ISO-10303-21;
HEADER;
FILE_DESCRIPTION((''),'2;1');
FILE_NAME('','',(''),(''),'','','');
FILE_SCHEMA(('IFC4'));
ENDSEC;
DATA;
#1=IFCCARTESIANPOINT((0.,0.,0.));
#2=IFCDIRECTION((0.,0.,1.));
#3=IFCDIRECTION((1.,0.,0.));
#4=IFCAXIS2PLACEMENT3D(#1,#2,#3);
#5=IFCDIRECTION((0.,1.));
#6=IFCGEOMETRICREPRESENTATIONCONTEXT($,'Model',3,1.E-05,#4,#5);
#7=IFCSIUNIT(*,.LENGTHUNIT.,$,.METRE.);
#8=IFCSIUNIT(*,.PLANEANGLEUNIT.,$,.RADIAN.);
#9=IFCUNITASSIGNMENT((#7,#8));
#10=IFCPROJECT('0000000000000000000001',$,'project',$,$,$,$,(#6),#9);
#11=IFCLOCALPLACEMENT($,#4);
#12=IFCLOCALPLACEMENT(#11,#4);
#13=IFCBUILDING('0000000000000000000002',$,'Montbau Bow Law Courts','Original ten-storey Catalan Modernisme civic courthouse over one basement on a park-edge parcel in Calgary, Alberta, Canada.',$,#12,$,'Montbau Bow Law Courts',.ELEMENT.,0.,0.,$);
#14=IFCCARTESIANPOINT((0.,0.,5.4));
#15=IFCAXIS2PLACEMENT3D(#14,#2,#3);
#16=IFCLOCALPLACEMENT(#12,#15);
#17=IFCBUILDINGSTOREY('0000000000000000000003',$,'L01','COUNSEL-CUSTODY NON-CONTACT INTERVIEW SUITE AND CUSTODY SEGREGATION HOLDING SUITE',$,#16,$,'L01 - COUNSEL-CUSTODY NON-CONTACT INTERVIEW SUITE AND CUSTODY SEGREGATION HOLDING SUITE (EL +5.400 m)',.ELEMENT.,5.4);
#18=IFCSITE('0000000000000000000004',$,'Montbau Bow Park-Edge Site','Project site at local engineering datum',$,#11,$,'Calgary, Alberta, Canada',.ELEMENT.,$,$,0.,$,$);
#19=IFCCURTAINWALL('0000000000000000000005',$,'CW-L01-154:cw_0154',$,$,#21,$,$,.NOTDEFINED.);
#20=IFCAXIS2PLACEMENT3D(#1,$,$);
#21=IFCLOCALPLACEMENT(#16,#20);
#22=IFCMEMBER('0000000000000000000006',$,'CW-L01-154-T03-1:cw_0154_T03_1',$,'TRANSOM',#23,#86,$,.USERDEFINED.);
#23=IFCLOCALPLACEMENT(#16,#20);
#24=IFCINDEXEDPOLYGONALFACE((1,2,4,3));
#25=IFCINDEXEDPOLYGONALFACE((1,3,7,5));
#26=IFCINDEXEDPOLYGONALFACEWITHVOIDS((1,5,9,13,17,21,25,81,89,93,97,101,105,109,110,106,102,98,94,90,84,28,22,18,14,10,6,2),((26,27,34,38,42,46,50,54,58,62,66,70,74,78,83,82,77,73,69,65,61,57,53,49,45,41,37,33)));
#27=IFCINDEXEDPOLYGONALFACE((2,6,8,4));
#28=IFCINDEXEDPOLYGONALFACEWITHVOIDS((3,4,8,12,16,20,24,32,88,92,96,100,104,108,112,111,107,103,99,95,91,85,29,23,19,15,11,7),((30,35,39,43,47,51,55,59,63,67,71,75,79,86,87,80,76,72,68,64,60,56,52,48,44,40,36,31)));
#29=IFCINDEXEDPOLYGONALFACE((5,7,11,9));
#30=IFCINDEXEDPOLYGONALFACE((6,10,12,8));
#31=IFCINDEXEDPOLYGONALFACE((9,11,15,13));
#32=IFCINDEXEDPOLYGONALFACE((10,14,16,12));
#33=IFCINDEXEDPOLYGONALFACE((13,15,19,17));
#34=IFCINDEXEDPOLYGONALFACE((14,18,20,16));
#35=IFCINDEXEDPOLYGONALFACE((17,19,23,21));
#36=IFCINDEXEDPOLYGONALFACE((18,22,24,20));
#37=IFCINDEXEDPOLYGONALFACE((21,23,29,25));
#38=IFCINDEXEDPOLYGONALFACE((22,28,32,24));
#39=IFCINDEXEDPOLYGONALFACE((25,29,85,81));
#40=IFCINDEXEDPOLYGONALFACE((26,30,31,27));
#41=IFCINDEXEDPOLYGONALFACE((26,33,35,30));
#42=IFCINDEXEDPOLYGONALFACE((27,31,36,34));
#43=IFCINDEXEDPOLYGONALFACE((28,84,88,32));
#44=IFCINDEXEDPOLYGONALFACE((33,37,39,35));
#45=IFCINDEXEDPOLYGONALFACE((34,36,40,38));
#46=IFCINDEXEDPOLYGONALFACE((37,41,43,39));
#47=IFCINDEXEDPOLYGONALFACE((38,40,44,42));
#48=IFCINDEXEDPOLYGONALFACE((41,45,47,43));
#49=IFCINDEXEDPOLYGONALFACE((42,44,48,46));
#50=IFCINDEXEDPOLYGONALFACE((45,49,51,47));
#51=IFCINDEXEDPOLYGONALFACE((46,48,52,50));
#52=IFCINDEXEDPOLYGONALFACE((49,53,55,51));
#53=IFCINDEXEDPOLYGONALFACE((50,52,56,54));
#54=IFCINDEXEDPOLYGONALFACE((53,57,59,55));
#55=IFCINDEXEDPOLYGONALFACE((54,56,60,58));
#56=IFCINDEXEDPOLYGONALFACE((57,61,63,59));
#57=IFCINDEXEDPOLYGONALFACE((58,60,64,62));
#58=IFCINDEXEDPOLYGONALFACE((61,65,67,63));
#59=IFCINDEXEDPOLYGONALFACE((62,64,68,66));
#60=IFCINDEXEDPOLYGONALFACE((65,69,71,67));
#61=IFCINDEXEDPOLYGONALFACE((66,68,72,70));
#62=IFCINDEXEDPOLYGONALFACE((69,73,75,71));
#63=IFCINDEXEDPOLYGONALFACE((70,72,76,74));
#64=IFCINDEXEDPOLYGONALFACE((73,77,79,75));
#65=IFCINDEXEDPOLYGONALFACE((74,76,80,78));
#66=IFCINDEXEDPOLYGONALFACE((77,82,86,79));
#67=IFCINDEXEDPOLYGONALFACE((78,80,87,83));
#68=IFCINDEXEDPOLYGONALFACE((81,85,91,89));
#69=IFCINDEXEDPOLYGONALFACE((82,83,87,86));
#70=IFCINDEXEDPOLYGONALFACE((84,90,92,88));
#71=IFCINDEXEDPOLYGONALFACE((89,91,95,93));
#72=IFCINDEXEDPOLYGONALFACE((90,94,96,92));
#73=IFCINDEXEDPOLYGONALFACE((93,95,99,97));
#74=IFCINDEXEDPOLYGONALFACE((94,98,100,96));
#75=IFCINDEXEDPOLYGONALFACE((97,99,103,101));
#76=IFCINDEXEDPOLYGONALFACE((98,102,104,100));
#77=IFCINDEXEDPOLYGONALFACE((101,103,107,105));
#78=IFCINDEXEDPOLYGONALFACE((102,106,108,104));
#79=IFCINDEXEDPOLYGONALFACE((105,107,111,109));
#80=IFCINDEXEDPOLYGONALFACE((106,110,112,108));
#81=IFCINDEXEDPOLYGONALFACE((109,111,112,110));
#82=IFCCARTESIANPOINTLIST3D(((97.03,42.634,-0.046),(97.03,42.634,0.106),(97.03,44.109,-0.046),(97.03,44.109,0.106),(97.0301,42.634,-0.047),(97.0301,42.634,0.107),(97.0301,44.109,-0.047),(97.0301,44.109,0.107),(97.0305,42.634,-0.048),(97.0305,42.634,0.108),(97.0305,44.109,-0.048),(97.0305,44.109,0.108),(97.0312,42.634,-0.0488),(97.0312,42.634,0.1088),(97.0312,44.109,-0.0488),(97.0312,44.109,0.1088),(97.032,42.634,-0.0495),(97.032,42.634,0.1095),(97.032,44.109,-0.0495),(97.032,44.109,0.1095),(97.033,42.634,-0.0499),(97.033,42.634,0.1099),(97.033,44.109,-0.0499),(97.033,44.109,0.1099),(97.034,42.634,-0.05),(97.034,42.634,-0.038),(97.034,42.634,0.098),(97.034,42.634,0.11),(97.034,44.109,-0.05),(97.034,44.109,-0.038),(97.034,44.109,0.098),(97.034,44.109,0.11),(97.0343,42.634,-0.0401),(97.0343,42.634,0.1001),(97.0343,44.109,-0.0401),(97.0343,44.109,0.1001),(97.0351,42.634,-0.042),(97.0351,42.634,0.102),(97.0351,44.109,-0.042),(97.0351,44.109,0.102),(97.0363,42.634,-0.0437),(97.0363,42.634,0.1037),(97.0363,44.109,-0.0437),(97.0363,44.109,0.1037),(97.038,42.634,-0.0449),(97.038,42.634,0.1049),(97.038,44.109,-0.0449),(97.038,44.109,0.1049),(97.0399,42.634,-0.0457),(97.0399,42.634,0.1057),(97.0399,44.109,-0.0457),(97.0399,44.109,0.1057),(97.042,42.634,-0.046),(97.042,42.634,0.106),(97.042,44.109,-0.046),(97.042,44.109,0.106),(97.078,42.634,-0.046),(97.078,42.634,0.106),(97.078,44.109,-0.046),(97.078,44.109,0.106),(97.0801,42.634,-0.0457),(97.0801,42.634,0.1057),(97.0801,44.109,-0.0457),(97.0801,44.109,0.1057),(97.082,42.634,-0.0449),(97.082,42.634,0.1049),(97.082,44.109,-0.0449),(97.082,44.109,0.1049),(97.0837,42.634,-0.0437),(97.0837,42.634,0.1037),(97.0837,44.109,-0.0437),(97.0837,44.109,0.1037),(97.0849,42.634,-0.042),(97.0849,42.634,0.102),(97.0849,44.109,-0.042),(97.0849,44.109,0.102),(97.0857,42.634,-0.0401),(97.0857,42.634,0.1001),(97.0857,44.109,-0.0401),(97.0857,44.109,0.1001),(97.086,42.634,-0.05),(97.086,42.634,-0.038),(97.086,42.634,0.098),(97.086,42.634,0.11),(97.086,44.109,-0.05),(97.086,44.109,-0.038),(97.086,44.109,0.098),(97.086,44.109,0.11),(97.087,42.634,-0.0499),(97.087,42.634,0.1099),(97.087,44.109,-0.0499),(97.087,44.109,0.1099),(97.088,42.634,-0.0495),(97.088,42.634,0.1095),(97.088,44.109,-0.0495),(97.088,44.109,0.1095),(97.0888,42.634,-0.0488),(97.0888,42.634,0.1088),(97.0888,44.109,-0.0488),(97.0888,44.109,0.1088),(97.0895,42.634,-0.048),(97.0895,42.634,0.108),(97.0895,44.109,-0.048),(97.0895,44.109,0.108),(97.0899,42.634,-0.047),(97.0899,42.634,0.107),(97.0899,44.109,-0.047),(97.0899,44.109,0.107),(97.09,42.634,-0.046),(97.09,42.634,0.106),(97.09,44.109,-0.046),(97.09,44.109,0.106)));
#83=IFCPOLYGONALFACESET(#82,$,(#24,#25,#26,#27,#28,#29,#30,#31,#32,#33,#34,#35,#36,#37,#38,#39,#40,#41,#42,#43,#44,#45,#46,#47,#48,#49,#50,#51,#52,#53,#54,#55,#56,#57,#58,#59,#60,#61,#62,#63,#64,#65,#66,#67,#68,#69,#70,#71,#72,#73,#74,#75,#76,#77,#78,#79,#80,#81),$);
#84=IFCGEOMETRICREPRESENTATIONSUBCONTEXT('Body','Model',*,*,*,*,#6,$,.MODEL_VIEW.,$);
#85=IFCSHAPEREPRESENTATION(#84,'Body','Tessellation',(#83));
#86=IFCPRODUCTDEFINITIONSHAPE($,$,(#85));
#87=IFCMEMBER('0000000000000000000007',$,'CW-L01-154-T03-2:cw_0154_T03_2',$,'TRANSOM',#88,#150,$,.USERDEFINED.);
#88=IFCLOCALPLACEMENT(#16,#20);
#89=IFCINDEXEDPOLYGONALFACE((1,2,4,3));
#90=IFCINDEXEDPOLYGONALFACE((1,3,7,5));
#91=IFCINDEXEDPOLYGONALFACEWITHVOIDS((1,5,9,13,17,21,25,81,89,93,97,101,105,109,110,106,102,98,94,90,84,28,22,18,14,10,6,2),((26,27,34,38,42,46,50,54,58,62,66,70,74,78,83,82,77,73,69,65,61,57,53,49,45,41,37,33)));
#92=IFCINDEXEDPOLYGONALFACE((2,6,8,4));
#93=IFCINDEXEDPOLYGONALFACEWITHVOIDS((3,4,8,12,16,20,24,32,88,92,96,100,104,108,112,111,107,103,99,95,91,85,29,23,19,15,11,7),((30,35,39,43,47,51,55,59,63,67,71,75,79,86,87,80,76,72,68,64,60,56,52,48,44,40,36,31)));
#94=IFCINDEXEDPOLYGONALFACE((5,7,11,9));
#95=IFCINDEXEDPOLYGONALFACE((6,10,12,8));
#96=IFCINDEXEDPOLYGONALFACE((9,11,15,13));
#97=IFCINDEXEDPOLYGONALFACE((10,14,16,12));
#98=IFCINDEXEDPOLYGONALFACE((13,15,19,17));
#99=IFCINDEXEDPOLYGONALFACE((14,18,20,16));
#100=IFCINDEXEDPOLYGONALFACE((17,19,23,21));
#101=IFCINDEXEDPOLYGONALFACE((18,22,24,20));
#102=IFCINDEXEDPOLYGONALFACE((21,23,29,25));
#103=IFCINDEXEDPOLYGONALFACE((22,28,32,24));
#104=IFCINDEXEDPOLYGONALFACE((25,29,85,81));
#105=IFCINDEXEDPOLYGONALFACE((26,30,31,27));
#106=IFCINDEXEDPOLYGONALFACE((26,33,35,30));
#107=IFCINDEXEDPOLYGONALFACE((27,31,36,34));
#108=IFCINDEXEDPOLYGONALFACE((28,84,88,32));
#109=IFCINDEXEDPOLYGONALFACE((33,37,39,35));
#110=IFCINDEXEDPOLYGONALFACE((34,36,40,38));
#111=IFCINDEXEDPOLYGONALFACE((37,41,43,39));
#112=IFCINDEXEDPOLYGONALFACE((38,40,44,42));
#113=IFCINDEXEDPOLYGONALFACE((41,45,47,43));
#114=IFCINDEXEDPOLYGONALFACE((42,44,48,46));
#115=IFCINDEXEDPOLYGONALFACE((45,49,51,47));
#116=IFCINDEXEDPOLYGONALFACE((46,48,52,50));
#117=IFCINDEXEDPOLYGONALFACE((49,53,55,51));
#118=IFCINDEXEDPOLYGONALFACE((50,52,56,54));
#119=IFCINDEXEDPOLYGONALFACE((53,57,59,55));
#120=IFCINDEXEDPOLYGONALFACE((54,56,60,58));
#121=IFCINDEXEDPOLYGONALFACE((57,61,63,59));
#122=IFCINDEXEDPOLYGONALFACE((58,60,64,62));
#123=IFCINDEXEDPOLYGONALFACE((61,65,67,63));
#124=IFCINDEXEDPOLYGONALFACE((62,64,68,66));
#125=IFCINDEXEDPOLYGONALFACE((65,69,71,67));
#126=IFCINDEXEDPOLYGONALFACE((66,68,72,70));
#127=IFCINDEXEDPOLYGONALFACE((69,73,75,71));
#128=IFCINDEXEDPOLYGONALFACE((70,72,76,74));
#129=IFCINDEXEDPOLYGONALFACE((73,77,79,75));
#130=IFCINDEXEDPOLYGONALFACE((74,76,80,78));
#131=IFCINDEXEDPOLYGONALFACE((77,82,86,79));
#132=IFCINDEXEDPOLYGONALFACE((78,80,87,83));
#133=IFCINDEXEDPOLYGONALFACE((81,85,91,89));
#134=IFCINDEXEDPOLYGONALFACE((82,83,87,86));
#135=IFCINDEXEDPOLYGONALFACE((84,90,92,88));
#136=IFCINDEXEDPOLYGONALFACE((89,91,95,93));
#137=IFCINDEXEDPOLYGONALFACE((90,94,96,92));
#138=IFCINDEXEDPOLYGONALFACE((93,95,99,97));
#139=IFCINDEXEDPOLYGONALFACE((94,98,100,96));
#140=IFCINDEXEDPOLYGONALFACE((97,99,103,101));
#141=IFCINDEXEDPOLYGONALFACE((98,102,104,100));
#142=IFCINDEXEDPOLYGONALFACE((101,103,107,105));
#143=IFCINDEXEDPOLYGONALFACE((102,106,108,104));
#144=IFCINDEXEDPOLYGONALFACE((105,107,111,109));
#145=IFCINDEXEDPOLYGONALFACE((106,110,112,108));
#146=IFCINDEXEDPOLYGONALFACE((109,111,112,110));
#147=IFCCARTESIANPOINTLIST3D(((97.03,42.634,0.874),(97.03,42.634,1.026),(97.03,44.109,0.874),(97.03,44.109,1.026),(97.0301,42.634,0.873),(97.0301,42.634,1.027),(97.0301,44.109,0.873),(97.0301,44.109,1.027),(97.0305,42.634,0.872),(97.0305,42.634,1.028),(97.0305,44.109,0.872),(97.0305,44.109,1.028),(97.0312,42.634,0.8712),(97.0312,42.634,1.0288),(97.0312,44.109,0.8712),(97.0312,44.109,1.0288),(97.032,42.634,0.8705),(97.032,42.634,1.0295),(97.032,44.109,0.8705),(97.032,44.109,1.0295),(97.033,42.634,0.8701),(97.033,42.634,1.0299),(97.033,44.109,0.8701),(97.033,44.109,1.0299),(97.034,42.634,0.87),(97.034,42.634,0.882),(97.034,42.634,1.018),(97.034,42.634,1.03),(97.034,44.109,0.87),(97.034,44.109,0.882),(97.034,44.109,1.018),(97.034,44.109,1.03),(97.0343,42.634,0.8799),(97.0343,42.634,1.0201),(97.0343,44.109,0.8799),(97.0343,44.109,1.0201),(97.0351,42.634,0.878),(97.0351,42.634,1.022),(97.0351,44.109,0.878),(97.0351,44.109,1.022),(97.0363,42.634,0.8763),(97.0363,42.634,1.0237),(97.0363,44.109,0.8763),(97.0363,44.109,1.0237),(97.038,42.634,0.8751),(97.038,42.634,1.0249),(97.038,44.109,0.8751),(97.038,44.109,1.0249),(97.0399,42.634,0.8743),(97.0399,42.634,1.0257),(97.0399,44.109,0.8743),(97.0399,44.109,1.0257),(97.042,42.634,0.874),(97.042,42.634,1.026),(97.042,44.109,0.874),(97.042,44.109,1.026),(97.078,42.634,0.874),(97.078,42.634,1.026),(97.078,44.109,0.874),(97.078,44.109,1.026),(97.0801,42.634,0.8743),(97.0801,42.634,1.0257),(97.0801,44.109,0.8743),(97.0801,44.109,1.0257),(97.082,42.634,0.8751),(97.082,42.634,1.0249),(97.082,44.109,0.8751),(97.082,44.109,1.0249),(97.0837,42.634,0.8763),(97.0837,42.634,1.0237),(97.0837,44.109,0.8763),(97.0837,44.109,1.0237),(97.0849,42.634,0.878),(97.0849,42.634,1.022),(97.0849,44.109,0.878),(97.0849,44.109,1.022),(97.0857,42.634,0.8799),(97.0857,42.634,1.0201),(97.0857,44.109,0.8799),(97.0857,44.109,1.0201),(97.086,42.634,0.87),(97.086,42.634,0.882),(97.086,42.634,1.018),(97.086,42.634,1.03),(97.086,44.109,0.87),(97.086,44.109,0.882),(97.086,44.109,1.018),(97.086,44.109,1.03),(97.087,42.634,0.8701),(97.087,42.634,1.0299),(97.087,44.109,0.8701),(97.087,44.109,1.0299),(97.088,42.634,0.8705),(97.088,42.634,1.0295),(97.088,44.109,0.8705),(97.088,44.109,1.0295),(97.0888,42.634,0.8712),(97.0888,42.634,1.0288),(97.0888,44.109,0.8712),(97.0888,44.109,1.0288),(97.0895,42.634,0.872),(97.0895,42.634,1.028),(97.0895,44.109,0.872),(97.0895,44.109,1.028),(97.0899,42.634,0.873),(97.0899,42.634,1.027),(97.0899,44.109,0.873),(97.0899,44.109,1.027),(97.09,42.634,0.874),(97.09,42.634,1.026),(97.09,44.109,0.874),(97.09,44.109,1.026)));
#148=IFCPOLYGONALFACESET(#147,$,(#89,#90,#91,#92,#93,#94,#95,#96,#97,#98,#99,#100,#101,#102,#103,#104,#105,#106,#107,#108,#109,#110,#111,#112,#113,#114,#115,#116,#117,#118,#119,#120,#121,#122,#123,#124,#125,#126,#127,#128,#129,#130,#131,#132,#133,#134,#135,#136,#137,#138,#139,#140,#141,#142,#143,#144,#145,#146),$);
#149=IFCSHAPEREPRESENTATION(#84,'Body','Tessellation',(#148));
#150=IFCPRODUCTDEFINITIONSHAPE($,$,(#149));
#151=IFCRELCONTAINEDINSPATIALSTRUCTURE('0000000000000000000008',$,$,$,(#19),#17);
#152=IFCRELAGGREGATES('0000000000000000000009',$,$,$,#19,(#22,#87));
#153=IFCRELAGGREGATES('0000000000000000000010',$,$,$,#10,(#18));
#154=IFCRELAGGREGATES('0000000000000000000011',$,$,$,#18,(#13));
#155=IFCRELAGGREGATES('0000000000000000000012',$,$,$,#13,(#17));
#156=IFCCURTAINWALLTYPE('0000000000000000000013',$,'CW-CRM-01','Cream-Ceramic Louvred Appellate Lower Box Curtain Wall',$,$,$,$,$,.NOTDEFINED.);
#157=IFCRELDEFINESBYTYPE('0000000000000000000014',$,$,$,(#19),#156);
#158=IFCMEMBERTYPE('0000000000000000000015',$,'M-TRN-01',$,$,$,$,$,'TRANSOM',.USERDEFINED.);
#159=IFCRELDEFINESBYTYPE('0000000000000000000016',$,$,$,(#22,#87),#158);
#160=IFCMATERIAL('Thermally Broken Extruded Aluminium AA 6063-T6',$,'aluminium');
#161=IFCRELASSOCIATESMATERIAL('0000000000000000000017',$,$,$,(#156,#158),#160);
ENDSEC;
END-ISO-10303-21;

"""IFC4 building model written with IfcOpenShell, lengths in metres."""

from ifc_helpers import new_model, si_unit, direction, frame, origin_with_axes, origin_2d_with_axis, place, context, subcontext, project, spatial, hollow_rectangle, extrude, material, material_profile, profile_set, type_object, element, aggregate, save


model = new_model("IFC4")

# Units and contexts
model_context = context("Model", 3, precision=1e-05, world=origin_with_axes(), true_north=direction((0.0, 1.0)))
body_context = subcontext(model_context, "Body", "Model", "MODEL_VIEW")
ifc_project = project(units=[si_unit("LENGTHUNIT", "METRE"), si_unit("PLANEANGLEUNIT", "RADIAN")], contexts=[model_context])

# Site, building, storey
site_placement = place(None, origin_with_axes())
site = spatial("IfcSite", under=ifc_project, at=site_placement, Name="Montbau Bow Park-Edge Site", Description="Project site at local engineering datum", LongName="Calgary, Alberta, Canada", CompositionType="ELEMENT", RefElevation=0.0)
building_placement = place(site_placement, origin_with_axes())
building = spatial("IfcBuilding", under=site, at=building_placement, Name="Montbau Bow Law Courts", Description="Original ten-storey Catalan Modernisme civic courthouse over one basement on a park-edge parcel in Calgary, Alberta, Canada.", LongName="Montbau Bow Law Courts", CompositionType="ELEMENT", ElevationOfRefHeight=0.0, ElevationOfTerrain=0.0)
storey_placement = place(building_placement, frame((0.0, 0.0, 5.4), z_axis=(0.0, 0.0, 1.0), x_axis=(1.0, 0.0, 0.0)))
storey = spatial("IfcBuildingStorey", under=building, at=storey_placement, Name="L01", Description="COUNSEL-CUSTODY NON-CONTACT INTERVIEW SUITE AND CUSTODY SEGREGATION HOLDING SUITE", LongName="L01 - COUNSEL-CUSTODY NON-CONTACT INTERVIEW SUITE AND CUSTODY SEGREGATION HOLDING SUITE (EL +5.400 m)", CompositionType="ELEMENT", Elevation=5.4)

# Curtain wall
ifc_material_1 = material(Name="Thermally Broken Extruded Aluminium AA 6063-T6", Category="aluminium")
curtain_wall_type = type_object("IfcCurtainWallType", Name="CW-CRM-01", Description="Cream-Ceramic Louvred Appellate Lower Box Curtain Wall", PredefinedType="NOTDEFINED", material=ifc_material_1)
curtain_wall_1_placement = place(None, frame((97.06, 39.515, 5.4), z_axis=(0.0, 0.0, 1.0), x_axis=(1.0, 0.0, 0.0)))
curtain_wall_1 = element("IfcCurtainWall", 1, at=curtain_wall_1_placement, inside=storey, type_object=curtain_wall_type, Name="CW-L01-154:cw_0154", PredefinedType="NOTDEFINED")

# Members
ifc_material_profile_1 = material_profile(ifc_material_1, hollow_rectangle(XDim=0.06, YDim=0.16, WallThickness=0.004, InnerFilletRadius=0.008, OuterFilletRadius=0.004, at=origin_2d_with_axis()), Name="CWT-160X60", Category="Main", Priority=0)
ifc_profile_set_1 = profile_set([ifc_material_profile_1], Name="Thermally Broken Extruded Aluminium AA 6063-T6")
member_type_1 = type_object("IfcMemberType", Name="M-TRN-01", ElementType="TRANSOM", PredefinedType="USERDEFINED", material=ifc_profile_set_1)
member_1_placement = place(None, frame((97.06, 42.634, 5.43), z_axis=(0.0, 1.0, 0.0), x_axis=(-1.0, 0.0, 0.0)))
member_1 = element("IfcMember", 2, at=member_1_placement, type_object=member_type_1, Name="CW-L01-154-T03-1:cw_0154_T03_1", ObjectType="TRANSOM", PredefinedType="USERDEFINED", context=body_context, shape_type="SweptSolid", body=[
    extrude(hollow_rectangle(XDim=0.06, YDim=0.16, WallThickness=0.004, InnerFilletRadius=0.008, OuterFilletRadius=0.004, at=origin_2d_with_axis()), origin_with_axes(), (0.0, 0.0, 1.0), 1.475),
])
member_2_placement = place(None, frame((97.06, 42.634, 6.35), z_axis=(0.0, 1.0, 0.0), x_axis=(-1.0, 0.0, 0.0)))
member_2 = element("IfcMember", 3, at=member_2_placement, type_object=member_type_1, Name="CW-L01-154-T03-2:cw_0154_T03_2", ObjectType="TRANSOM", PredefinedType="USERDEFINED", context=body_context, shape_type="SweptSolid", body=[
    extrude(hollow_rectangle(XDim=0.06, YDim=0.16, WallThickness=0.004, InnerFilletRadius=0.008, OuterFilletRadius=0.004, at=origin_2d_with_axis()), origin_with_axes(), (0.0, 0.0, 1.0), 1.475),
])

aggregate(curtain_wall_1, [member_1, member_2])

save(model, "model.ifc")
